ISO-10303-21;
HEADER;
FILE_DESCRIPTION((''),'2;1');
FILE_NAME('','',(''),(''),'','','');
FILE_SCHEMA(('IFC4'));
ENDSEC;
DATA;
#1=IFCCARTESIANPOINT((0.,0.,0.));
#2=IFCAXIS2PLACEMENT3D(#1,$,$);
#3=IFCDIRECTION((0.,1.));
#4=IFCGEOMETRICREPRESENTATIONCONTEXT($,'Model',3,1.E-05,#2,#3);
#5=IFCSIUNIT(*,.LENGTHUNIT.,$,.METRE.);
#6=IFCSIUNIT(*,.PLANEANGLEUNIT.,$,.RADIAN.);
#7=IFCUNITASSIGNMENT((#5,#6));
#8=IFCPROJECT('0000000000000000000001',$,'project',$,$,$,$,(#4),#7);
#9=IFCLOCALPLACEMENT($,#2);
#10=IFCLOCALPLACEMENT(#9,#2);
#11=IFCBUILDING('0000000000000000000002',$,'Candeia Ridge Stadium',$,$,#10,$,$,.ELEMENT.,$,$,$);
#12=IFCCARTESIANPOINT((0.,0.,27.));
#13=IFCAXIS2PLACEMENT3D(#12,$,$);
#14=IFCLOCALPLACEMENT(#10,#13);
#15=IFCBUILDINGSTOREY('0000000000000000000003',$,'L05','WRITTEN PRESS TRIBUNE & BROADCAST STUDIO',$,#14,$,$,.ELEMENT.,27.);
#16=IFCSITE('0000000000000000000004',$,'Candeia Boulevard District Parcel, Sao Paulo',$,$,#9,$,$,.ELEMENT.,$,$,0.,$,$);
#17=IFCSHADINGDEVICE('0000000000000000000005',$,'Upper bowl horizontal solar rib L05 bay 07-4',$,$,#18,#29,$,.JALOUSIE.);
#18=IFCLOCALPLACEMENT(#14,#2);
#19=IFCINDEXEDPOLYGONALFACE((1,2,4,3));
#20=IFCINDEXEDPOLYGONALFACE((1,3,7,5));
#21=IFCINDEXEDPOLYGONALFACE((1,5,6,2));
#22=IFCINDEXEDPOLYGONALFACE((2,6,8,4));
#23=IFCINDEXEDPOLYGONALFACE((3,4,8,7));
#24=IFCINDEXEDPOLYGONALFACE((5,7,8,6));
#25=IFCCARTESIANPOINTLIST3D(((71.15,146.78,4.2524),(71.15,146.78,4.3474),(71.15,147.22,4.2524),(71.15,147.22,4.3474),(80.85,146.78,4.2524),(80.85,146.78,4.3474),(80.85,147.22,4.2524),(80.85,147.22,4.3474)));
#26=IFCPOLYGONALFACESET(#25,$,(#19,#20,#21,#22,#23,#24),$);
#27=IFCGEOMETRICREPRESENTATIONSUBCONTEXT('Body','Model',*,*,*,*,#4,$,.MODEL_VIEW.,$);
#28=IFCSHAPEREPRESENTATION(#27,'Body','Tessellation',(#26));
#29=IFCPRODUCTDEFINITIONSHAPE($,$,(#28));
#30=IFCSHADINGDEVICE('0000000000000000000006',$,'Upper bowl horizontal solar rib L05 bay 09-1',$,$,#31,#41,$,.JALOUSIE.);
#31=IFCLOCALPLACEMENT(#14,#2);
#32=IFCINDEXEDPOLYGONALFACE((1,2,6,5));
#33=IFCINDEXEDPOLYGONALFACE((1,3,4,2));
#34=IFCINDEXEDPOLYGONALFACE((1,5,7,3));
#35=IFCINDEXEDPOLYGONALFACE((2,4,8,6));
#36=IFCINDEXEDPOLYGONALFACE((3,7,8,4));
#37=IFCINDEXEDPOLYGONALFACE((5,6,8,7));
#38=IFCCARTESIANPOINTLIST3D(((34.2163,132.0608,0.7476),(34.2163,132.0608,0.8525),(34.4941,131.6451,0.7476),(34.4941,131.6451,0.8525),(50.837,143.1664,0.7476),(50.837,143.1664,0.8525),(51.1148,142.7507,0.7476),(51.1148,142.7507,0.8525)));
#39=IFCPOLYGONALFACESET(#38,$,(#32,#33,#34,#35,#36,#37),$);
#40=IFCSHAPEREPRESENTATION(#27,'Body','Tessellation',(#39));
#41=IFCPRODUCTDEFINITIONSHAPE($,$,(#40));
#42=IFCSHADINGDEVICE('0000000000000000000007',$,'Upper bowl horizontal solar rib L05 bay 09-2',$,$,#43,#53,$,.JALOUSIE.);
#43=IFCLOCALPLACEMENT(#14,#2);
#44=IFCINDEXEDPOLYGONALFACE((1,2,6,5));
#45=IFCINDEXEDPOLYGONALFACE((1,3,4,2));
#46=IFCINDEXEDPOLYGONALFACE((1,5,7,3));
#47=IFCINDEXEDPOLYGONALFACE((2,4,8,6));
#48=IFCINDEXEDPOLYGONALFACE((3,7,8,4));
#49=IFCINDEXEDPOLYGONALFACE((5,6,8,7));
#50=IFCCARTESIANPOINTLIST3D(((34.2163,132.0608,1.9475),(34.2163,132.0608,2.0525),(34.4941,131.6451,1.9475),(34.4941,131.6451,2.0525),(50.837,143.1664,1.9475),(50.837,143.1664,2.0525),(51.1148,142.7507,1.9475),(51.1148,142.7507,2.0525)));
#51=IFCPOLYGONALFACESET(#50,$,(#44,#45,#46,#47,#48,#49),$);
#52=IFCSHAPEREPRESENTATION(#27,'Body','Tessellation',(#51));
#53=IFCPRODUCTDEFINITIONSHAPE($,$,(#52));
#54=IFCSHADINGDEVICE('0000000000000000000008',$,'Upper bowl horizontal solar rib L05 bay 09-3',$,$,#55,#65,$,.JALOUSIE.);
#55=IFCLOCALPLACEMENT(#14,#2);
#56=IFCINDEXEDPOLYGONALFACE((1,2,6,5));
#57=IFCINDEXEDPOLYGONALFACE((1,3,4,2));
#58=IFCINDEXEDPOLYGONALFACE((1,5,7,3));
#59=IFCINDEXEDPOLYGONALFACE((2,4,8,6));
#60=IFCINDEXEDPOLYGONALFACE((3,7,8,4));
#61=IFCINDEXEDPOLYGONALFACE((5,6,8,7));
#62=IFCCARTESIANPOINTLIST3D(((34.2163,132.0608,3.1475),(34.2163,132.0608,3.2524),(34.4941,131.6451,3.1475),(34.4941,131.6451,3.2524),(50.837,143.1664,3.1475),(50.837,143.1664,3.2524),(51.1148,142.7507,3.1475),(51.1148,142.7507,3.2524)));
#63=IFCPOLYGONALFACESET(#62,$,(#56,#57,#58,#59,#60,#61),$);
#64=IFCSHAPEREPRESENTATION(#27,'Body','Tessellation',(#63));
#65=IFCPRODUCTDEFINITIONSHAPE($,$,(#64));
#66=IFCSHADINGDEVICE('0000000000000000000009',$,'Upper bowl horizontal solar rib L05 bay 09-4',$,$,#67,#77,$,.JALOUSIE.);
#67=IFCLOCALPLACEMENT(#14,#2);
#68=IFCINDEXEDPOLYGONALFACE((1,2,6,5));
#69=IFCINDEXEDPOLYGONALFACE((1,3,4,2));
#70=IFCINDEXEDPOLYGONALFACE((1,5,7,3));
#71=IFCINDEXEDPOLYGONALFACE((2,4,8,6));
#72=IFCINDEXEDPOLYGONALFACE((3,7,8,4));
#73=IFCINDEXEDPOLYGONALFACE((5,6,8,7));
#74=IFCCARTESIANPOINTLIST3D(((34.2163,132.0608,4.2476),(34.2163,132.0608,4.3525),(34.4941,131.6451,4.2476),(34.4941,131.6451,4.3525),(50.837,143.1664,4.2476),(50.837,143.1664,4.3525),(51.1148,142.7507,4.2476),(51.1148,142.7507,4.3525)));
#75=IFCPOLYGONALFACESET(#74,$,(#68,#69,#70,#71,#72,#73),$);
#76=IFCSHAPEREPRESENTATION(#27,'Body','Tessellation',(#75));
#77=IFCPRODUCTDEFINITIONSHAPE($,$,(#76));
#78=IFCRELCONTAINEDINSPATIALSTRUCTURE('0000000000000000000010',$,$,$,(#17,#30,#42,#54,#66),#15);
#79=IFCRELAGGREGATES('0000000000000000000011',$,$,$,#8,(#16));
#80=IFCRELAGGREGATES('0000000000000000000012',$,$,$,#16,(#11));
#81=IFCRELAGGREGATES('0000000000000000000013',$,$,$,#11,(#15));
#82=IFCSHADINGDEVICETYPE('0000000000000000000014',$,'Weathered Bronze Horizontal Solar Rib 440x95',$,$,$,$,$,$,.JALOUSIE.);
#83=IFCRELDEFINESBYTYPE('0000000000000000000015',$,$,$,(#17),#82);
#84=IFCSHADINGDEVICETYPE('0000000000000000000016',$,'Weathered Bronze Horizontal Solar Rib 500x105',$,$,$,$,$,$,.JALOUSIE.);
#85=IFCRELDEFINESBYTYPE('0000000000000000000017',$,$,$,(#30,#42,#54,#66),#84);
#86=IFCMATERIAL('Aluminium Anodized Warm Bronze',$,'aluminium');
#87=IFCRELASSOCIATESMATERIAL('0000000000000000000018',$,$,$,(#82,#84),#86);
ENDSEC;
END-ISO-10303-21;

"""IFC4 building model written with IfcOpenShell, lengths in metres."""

from ifc_helpers import new_model, si_unit, direction, frame, origin, origin_2d, place, context, subcontext, project, spatial, rectangle, extrude, material, type_object, element, save


model = new_model("IFC4")

# Units and contexts
model_context = context("Model", 3, precision=1e-05, world=origin(), true_north=direction((0.0, 1.0)))
body_context = subcontext(model_context, "Body", "Model", "MODEL_VIEW")
ifc_project = project(units=[si_unit("LENGTHUNIT", "METRE"), si_unit("PLANEANGLEUNIT", "RADIAN")], contexts=[model_context])

# Site, building, storey
site_placement = place(None, origin())
site = spatial("IfcSite", under=ifc_project, at=site_placement, Name="Candeia Boulevard District Parcel, Sao Paulo", CompositionType="ELEMENT", RefElevation=0.0)
building_placement = place(site_placement, origin())
building = spatial("IfcBuilding", under=site, at=building_placement, Name="Candeia Ridge Stadium", CompositionType="ELEMENT")
storey_placement = place(building_placement, frame((0.0, 0.0, 27.0)))
storey = spatial("IfcBuildingStorey", under=building, at=storey_placement, Name="L05", Description="WRITTEN PRESS TRIBUNE & BROADCAST STUDIO", CompositionType="ELEMENT", Elevation=27.0)

# Shading devices
ifc_material_1 = material(Name="Aluminium Anodized Warm Bronze", Category="aluminium")
shading_device_type_1 = type_object("IfcShadingDeviceType", Name="Weathered Bronze Horizontal Solar Rib 440x95", PredefinedType="JALOUSIE", material=ifc_material_1)
for number, where, z_axis, x_axis, name in (
    (1, (76.0, 147.0, 4.2524), (0.0, 0.0, 1.0), (-1.0, 0.0, 0.0), "Upper bowl horizontal solar rib L05 bay 07-4"),
):
    element("IfcShadingDevice", number, at=place(storey_placement, frame(where, z_axis=z_axis, x_axis=x_axis)), inside=storey, type_object=shading_device_type_1, Name=name, PredefinedType="JALOUSIE", context=body_context, shape_type="SweptSolid", body=[
        extrude(rectangle(XDim=9.7, YDim=0.4399, at=origin_2d()), origin(), (0.0, 0.0, 1.0), 0.095),
    ])
shading_device_type_2 = type_object("IfcShadingDeviceType", Name="Weathered Bronze Horizontal Solar Rib 500x105", PredefinedType="JALOUSIE", material=ifc_material_1)
for number, where, z_axis, x_axis, name in (
    (2, (42.6655, 137.4058, 0.7476), (0.0, 0.0, 1.0), (-0.83147, -0.55557, 0.0), "Upper bowl horizontal solar rib L05 bay 09-1"),
    (3, (42.6655, 137.4058, 1.9475), (0.0, 0.0, 1.0), (-0.83147, -0.55557, 0.0), "Upper bowl horizontal solar rib L05 bay 09-2"),
    (4, (42.6655, 137.4058, 3.1475), (0.0, 0.0, 1.0), (-0.83147, -0.55557, 0.0), "Upper bowl horizontal solar rib L05 bay 09-3"),
    (5, (42.6655, 137.4058, 4.2476), (0.0, 0.0, 1.0), (-0.83147, -0.55557, 0.0), "Upper bowl horizontal solar rib L05 bay 09-4"),
):
    element("IfcShadingDevice", number, at=place(storey_placement, frame(where, z_axis=z_axis, x_axis=x_axis)), inside=storey, type_object=shading_device_type_2, Name=name, PredefinedType="JALOUSIE", context=body_context, shape_type="SweptSolid", body=[
        extrude(rectangle(XDim=19.9895, YDim=0.5, at=origin_2d()), origin(), (0.0, 0.0, 1.0), 0.105),
    ])

save(model, "model.ifc")
